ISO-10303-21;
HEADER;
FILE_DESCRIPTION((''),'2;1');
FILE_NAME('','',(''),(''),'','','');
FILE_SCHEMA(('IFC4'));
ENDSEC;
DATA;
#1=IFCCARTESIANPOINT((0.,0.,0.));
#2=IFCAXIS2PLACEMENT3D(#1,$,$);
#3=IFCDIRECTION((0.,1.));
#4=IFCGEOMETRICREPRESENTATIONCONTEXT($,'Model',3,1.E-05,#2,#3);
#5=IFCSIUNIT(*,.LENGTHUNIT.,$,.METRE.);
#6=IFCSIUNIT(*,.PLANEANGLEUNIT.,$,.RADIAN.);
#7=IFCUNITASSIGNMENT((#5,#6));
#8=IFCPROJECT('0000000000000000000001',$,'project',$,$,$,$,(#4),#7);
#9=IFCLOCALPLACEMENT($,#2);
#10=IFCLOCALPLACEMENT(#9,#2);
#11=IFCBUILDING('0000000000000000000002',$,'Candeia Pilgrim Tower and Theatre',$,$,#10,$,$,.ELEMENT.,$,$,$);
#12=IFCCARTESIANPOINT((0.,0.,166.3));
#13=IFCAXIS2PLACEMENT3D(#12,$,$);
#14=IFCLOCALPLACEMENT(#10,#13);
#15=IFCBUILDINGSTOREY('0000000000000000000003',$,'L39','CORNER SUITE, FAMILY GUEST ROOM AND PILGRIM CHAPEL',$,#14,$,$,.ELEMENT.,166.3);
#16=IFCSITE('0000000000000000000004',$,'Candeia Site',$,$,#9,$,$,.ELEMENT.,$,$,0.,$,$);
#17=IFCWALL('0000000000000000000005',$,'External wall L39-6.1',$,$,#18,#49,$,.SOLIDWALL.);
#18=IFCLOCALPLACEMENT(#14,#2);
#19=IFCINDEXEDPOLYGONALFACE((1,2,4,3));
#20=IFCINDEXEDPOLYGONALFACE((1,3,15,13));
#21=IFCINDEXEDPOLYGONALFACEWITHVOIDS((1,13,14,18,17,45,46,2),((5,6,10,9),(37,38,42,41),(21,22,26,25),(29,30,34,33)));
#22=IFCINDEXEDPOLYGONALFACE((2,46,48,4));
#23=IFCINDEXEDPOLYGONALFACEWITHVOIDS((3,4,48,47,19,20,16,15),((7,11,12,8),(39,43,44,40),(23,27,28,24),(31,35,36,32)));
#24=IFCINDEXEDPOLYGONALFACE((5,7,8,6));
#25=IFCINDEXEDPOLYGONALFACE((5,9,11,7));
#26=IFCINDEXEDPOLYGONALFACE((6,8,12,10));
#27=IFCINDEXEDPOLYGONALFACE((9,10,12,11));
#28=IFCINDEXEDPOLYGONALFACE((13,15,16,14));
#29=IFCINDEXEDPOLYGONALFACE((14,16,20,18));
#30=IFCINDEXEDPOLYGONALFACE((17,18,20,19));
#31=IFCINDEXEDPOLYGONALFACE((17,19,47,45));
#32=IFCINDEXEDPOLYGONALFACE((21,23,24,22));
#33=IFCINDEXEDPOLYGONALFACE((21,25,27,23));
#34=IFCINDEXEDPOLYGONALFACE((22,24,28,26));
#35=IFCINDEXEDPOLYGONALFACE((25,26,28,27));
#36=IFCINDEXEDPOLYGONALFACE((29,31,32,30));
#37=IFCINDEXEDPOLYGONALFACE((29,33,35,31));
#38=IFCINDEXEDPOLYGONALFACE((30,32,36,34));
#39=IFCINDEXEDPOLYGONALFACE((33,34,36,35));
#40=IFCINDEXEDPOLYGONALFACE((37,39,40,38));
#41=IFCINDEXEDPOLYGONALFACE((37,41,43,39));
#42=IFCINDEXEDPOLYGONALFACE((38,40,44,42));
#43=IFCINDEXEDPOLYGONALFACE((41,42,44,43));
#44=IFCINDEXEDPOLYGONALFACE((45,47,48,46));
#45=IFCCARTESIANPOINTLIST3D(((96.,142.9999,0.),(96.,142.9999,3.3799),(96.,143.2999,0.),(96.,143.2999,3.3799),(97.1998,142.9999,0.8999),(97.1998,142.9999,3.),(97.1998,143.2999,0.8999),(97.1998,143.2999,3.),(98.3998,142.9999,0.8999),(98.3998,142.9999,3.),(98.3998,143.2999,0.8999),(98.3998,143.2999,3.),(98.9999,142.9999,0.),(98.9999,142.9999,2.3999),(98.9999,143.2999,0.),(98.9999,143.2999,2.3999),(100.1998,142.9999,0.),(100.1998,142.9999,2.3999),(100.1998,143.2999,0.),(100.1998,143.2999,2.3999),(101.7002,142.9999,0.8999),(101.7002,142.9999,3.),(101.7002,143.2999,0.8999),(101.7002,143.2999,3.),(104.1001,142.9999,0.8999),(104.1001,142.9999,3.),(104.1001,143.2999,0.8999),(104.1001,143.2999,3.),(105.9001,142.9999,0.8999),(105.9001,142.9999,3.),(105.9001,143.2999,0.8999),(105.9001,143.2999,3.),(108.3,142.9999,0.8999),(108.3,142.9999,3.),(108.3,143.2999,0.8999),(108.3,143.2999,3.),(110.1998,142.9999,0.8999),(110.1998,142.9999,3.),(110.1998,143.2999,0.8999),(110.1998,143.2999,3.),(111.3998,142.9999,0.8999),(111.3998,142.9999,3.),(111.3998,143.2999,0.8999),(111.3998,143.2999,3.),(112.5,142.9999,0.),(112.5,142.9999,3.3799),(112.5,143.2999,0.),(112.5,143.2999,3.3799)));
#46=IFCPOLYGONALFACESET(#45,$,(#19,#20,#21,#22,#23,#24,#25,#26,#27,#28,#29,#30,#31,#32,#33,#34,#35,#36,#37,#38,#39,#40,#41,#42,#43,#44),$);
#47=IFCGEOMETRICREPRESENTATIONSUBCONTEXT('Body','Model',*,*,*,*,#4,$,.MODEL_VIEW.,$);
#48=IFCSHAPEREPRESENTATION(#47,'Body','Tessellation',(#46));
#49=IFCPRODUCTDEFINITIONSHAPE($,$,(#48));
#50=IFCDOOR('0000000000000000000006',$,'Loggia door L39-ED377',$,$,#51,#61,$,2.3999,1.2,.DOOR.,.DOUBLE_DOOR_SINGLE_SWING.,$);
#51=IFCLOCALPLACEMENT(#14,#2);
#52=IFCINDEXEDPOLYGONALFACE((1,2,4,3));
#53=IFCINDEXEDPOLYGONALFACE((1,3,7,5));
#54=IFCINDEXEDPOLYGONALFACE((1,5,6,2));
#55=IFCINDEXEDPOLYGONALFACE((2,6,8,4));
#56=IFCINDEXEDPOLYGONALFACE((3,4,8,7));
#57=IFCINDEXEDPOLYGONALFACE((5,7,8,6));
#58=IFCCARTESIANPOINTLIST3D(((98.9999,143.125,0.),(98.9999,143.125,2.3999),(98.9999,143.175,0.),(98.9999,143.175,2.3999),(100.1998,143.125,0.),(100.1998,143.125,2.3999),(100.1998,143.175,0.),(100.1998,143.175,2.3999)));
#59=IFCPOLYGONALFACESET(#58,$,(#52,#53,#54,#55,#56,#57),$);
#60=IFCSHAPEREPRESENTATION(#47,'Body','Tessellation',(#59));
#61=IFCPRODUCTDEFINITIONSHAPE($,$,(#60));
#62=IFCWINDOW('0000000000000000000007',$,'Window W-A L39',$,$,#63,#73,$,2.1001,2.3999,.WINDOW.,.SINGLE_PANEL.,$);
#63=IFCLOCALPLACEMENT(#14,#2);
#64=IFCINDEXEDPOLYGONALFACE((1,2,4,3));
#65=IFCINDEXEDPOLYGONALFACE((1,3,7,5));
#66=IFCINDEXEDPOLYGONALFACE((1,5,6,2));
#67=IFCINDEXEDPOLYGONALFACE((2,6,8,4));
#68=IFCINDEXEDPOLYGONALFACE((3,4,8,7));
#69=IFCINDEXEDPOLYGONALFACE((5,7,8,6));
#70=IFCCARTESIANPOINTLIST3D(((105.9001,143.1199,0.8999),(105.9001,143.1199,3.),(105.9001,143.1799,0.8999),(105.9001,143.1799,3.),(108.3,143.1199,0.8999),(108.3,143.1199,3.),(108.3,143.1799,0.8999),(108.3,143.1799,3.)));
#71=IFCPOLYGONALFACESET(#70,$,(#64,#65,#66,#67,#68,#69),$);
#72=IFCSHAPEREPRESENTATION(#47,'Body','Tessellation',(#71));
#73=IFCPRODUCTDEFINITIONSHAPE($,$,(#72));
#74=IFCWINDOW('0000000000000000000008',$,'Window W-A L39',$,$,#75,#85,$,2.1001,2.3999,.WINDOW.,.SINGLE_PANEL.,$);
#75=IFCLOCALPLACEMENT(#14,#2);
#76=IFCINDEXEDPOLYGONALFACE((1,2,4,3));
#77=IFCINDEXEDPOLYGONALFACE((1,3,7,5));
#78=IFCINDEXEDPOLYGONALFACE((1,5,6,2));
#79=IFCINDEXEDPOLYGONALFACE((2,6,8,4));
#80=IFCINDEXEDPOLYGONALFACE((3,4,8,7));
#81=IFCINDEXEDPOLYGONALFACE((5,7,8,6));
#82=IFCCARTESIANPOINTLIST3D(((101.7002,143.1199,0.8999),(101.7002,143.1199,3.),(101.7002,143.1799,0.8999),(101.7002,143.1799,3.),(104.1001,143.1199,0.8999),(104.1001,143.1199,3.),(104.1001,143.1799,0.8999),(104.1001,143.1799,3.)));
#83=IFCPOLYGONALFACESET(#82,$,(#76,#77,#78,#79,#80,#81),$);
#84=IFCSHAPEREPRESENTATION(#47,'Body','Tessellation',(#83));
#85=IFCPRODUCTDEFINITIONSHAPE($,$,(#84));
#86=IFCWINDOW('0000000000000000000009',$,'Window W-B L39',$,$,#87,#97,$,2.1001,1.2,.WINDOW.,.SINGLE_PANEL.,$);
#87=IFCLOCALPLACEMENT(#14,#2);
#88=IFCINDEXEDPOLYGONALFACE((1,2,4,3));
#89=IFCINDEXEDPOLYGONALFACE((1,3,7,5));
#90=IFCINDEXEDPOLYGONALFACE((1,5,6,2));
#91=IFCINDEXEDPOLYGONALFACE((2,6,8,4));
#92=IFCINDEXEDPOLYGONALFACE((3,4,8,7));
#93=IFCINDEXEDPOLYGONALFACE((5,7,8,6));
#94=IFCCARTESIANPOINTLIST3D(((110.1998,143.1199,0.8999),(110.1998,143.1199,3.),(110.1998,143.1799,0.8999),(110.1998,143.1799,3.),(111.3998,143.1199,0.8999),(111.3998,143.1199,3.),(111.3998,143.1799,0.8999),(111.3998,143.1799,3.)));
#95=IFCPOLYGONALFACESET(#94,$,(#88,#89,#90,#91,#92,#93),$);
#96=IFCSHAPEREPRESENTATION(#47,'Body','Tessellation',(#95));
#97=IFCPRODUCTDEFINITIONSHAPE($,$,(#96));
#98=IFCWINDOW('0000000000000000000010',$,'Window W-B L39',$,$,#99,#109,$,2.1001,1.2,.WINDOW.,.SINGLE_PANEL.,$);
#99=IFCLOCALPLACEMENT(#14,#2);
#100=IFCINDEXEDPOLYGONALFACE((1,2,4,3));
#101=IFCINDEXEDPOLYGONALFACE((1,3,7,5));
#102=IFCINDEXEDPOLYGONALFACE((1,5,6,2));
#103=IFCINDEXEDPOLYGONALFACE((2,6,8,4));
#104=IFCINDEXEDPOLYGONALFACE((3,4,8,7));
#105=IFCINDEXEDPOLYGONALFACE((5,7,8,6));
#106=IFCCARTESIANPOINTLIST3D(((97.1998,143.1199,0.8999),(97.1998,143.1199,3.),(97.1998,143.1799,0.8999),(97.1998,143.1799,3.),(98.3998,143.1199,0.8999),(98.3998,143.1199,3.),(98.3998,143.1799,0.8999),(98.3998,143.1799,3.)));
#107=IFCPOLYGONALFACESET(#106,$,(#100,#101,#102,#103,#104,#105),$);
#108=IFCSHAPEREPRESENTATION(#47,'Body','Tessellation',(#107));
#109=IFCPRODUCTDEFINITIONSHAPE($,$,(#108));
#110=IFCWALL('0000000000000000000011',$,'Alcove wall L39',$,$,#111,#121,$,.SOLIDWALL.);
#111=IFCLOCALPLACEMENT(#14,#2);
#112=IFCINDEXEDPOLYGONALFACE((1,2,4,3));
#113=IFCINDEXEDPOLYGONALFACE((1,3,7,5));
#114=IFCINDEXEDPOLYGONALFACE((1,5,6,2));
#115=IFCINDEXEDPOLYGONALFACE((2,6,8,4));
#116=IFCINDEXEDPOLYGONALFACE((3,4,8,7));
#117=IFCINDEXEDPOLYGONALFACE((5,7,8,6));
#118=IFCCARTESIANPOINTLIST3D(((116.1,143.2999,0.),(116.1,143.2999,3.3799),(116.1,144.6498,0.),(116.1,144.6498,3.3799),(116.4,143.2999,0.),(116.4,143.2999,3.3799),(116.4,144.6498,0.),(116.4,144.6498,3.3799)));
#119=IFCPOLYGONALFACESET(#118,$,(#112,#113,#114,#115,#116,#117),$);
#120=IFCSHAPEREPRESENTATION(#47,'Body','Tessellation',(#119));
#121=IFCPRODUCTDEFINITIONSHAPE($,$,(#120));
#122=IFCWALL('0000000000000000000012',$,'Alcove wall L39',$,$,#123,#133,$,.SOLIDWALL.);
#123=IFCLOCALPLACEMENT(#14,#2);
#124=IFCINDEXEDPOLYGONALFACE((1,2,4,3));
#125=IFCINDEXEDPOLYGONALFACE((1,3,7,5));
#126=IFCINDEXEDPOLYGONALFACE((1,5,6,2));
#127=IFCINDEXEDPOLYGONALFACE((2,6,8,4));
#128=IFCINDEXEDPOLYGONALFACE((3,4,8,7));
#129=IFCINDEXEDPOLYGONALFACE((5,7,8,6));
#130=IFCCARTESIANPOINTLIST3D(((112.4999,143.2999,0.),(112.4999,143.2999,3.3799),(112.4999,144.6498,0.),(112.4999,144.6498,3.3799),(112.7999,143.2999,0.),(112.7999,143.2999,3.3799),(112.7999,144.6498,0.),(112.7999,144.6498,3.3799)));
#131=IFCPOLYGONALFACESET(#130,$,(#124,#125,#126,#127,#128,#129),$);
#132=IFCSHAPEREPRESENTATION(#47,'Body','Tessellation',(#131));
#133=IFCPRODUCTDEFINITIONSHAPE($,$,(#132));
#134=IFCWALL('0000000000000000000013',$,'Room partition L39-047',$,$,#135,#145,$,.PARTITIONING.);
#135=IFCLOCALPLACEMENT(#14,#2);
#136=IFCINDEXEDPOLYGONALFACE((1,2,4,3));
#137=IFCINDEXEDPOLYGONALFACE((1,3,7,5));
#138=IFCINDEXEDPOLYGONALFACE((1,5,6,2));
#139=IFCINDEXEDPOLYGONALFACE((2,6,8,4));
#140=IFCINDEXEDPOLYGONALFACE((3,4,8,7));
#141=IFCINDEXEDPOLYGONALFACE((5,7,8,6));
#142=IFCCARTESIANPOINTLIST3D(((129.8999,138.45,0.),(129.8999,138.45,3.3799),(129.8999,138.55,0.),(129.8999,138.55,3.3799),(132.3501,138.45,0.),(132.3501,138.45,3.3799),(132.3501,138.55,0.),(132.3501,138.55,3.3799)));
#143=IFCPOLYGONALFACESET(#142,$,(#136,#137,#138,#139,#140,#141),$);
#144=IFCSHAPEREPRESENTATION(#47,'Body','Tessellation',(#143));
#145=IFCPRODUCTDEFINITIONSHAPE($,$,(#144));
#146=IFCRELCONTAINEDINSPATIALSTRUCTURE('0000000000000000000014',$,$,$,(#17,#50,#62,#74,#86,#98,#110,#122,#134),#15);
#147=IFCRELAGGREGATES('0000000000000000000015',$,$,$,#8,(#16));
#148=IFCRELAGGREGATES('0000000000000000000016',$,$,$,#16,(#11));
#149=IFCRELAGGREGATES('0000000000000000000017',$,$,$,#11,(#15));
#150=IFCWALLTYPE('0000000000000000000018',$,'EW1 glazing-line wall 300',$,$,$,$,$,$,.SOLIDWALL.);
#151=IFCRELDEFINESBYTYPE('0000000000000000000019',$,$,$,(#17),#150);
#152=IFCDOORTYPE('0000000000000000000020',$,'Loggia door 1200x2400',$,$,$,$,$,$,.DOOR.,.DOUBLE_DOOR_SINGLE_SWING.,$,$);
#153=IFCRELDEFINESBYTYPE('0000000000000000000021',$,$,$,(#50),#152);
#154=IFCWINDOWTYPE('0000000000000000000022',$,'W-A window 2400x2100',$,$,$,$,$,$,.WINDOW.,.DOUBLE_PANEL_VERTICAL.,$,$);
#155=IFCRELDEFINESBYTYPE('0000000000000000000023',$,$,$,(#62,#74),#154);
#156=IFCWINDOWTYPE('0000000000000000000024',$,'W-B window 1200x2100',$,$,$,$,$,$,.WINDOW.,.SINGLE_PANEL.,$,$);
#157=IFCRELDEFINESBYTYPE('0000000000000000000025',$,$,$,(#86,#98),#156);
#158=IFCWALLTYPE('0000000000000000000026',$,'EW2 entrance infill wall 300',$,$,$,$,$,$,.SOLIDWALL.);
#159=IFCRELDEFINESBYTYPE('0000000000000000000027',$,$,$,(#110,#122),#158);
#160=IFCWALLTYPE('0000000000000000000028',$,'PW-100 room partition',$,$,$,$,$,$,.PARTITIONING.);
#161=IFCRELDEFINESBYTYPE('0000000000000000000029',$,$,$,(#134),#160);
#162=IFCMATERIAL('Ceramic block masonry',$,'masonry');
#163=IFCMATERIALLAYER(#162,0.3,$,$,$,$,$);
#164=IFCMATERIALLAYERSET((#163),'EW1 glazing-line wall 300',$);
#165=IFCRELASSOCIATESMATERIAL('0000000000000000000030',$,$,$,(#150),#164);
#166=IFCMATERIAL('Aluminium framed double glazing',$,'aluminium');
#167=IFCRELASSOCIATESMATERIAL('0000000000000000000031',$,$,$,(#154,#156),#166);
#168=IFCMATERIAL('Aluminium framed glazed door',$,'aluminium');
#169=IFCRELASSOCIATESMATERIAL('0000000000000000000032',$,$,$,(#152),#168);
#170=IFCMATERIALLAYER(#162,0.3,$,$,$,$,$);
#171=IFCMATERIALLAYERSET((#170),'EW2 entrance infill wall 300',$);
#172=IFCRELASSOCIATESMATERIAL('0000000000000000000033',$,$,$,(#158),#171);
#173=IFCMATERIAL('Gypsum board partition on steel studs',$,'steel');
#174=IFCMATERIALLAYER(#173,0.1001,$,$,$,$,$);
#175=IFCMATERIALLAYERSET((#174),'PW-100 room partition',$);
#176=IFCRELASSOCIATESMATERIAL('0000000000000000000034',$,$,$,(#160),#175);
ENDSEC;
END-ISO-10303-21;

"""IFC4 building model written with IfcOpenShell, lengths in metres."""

from ifc_helpers import new_model, si_unit, direction, frame, frame_2d, origin, place, context, subcontext, project, spatial, rectangle, extrude, material, layer, layer_set, type_object, element, fill, save


model = new_model("IFC4")

# Units and contexts
model_context = context("Model", 3, precision=1e-05, world=origin(), true_north=direction((0.0, 1.0)))
body_context = subcontext(model_context, "Body", "Model", "MODEL_VIEW")
ifc_project = project(units=[si_unit("LENGTHUNIT", "METRE"), si_unit("PLANEANGLEUNIT", "RADIAN")], contexts=[model_context])

# Site, building, storey
site_placement = place(None, origin())
site = spatial("IfcSite", under=ifc_project, at=site_placement, Name="Candeia Site", CompositionType="ELEMENT", RefElevation=0.0)
building_placement = place(site_placement, origin())
building = spatial("IfcBuilding", under=site, at=building_placement, Name="Candeia Pilgrim Tower and Theatre", CompositionType="ELEMENT")
storey_placement = place(building_placement, frame((0.0, 0.0, 166.3)))
storey = spatial("IfcBuildingStorey", under=building, at=storey_placement, Name="L39", Description="CORNER SUITE, FAMILY GUEST ROOM AND PILGRIM CHAPEL", CompositionType="ELEMENT", Elevation=166.3)

# Shared definitions
ifc_material_1 = material(Name="Ceramic block masonry", Category="masonry")
ifc_layer_1 = layer(ifc_material_1, 0.3)
ifc_layer_set_1 = layer_set([ifc_layer_1], Name="EW1 glazing-line wall 300")
wall_type_1 = type_object("IfcWallType", Name="EW1 glazing-line wall 300", PredefinedType="SOLIDWALL", material=ifc_layer_set_1)
ifc_material_2 = material(Name="Aluminium framed double glazing", Category="aluminium")
window_type_1 = type_object("IfcWindowType", Name="W-A window 2400x2100", PartitioningType="DOUBLE_PANEL_VERTICAL", PredefinedType="WINDOW", material=ifc_material_2)

# Wall, openings, door, windows
ifc_material_3 = material(Name="Aluminium framed glazed door", Category="aluminium")
door_type = type_object("IfcDoorType", Name="Loggia door 1200x2400", OperationType="DOUBLE_DOOR_SINGLE_SWING", PredefinedType="DOOR", material=ifc_material_3)
wall_1_placement = place(storey_placement, frame((112.5, 143.1499, 0.0), z_axis=(0.0, 0.0, 1.0), x_axis=(-1.0, 0.0, 0.0)))
wall_1 = element("IfcWall", 1, at=wall_1_placement, inside=storey, type_object=wall_type_1, Name="External wall L39-6.1", PredefinedType="SOLIDWALL", context=body_context, shape_type="SweptSolid", body=[
    extrude(rectangle(XDim=16.5, YDim=0.3, at=frame_2d((8.25, 0.0))), origin(), (0.0, 0.0, 1.0), 3.3799),
])
opening_1_placement = place(wall_1_placement, frame((1.1001, 0.0, 0.8999)))
opening_1 = element("IfcOpeningElement", 2, at=opening_1_placement, cuts=wall_1, PredefinedType="OPENING", context=body_context, shape_type="SweptSolid", body=[
    extrude(rectangle(XDim=1.2, YDim=2.1001, at=frame_2d((0.6001, 1.05))), frame((0.0, 0.1602, 0.0), z_axis=(0.0, -1.0, 0.0), x_axis=(1.0, 0.0, 0.0)), (0.0, 0.0, 1.0), 0.3201),
])
opening_2_placement = place(wall_1_placement, frame((4.2, 0.0, 0.8999)))
opening_2 = element("IfcOpeningElement", 3, at=opening_2_placement, cuts=wall_1, PredefinedType="OPENING", context=body_context, shape_type="SweptSolid", body=[
    extrude(rectangle(XDim=2.3999, YDim=2.1001, at=frame_2d((1.2, 1.05))), frame((0.0, 0.1602, 0.0), z_axis=(0.0, -1.0, 0.0), x_axis=(1.0, 0.0, 0.0)), (0.0, 0.0, 1.0), 0.3201),
])
opening_3_placement = place(wall_1_placement, frame((8.3999, 0.0, 0.8999)))
opening_3 = element("IfcOpeningElement", 4, at=opening_3_placement, cuts=wall_1, PredefinedType="OPENING", context=body_context, shape_type="SweptSolid", body=[
    extrude(rectangle(XDim=2.3999, YDim=2.1001, at=frame_2d((1.2, 1.05))), frame((0.0, 0.1602, 0.0), z_axis=(0.0, -1.0, 0.0), x_axis=(1.0, 0.0, 0.0)), (0.0, 0.0, 1.0), 0.3201),
])
opening_4_placement = place(wall_1_placement, frame((12.3, 0.0, 0.0)))
opening_4 = element("IfcOpeningElement", 5, at=opening_4_placement, cuts=wall_1, PredefinedType="OPENING", context=body_context, shape_type="SweptSolid", body=[
    extrude(rectangle(XDim=1.2, YDim=2.3999, at=frame_2d((0.6001, 1.2))), frame((0.0, 0.1602, 0.0), z_axis=(0.0, -1.0, 0.0), x_axis=(1.0, 0.0, 0.0)), (0.0, 0.0, 1.0), 0.3201),
])
opening_5_placement = place(wall_1_placement, frame((14.1001, 0.0, 0.8999)))
opening_5 = element("IfcOpeningElement", 6, at=opening_5_placement, cuts=wall_1, PredefinedType="OPENING", context=body_context, shape_type="SweptSolid", body=[
    extrude(rectangle(XDim=1.2, YDim=2.1001, at=frame_2d((0.6001, 1.05))), frame((0.0, 0.1602, 0.0), z_axis=(0.0, -1.0, 0.0), x_axis=(1.0, 0.0, 0.0)), (0.0, 0.0, 1.0), 0.3201),
])
door_1_placement = place(opening_4_placement, origin())
door_1 = element("IfcDoor", 7, at=door_1_placement, inside=storey, type_object=door_type, Name="Loggia door L39-ED377", OperationType="DOUBLE_DOOR_SINGLE_SWING", OverallHeight=2.3999, OverallWidth=1.2, PredefinedType="DOOR", context=body_context, shape_type="SweptSolid", body=[
    extrude(rectangle(XDim=1.2, YDim=2.3999, at=frame_2d((0.6001, 1.2))), frame((0.0, 0.0249, 0.0), z_axis=(0.0, -1.0, 0.0), x_axis=(1.0, 0.0, 0.0)), (0.0, 0.0, 1.0), 0.05),
])
fill(opening_4, door_1)
window_1_placement = place(opening_2_placement, origin())
window_1 = element("IfcWindow", 8, at=window_1_placement, inside=storey, type_object=window_type_1, Name="Window W-A L39", OverallHeight=2.1001, OverallWidth=2.3999, PartitioningType="SINGLE_PANEL", PredefinedType="WINDOW", context=body_context, shape_type="SweptSolid", body=[
    extrude(rectangle(XDim=2.3999, YDim=2.1001, at=frame_2d((1.2, 1.05))), frame((0.0, 0.03, 0.0), z_axis=(0.0, -1.0, 0.0), x_axis=(1.0, 0.0, 0.0)), (0.0, 0.0, 1.0), 0.0601),
])
fill(opening_2, window_1)
window_2_placement = place(opening_3_placement, origin())
window_2 = element("IfcWindow", 9, at=window_2_placement, inside=storey, type_object=window_type_1, Name="Window W-A L39", OverallHeight=2.1001, OverallWidth=2.3999, PartitioningType="SINGLE_PANEL", PredefinedType="WINDOW", context=body_context, shape_type="SweptSolid", body=[
    extrude(rectangle(XDim=2.3999, YDim=2.1001, at=frame_2d((1.2, 1.05))), frame((0.0, 0.03, 0.0), z_axis=(0.0, -1.0, 0.0), x_axis=(1.0, 0.0, 0.0)), (0.0, 0.0, 1.0), 0.0601),
])
fill(opening_3, window_2)
window_type_2 = type_object("IfcWindowType", Name="W-B window 1200x2100", PartitioningType="SINGLE_PANEL", PredefinedType="WINDOW", material=ifc_material_2)
window_3_placement = place(opening_1_placement, origin())
window_3 = element("IfcWindow", 10, at=window_3_placement, inside=storey, type_object=window_type_2, Name="Window W-B L39", OverallHeight=2.1001, OverallWidth=1.2, PartitioningType="SINGLE_PANEL", PredefinedType="WINDOW", context=body_context, shape_type="SweptSolid", body=[
    extrude(rectangle(XDim=1.2, YDim=2.1001, at=frame_2d((0.6001, 1.05))), frame((0.0, 0.03, 0.0), z_axis=(0.0, -1.0, 0.0), x_axis=(1.0, 0.0, 0.0)), (0.0, 0.0, 1.0), 0.0601),
])
fill(opening_1, window_3)
window_4_placement = place(opening_5_placement, origin())
window_4 = element("IfcWindow", 11, at=window_4_placement, inside=storey, type_object=window_type_2, Name="Window W-B L39", OverallHeight=2.1001, OverallWidth=1.2, PartitioningType="SINGLE_PANEL", PredefinedType="WINDOW", context=body_context, shape_type="SweptSolid", body=[
    extrude(rectangle(XDim=1.2, YDim=2.1001, at=frame_2d((0.6001, 1.05))), frame((0.0, 0.03, 0.0), z_axis=(0.0, -1.0, 0.0), x_axis=(1.0, 0.0, 0.0)), (0.0, 0.0, 1.0), 0.0601),
])
fill(opening_5, window_4)

# Walls
ifc_layer_2 = layer(ifc_material_1, 0.3)
ifc_layer_set_2 = layer_set([ifc_layer_2], Name="EW2 entrance infill wall 300")
wall_type_2 = type_object("IfcWallType", Name="EW2 entrance infill wall 300", PredefinedType="SOLIDWALL", material=ifc_layer_set_2)
for number, where, z_axis, x_axis, name in (
    (12, (116.25, 143.3, 0.0), (0.0, 0.0, 1.0), (0.0, 1.0, 0.0), "Alcove wall L39"),
    (13, (112.6499, 143.3, 0.0), (0.0, 0.0, 1.0), (0.0, 1.0, 0.0), "Alcove wall L39"),
):
    element("IfcWall", number, at=place(storey_placement, frame(where, z_axis=z_axis, x_axis=x_axis)), inside=storey, type_object=wall_type_2, Name=name, PredefinedType="SOLIDWALL", context=body_context, shape_type="SweptSolid", body=[
        extrude(rectangle(XDim=1.3499, YDim=0.3, at=frame_2d((0.6748, 0.0))), origin(), (0.0, 0.0, 1.0), 3.3799),
    ])

# Wall
ifc_material_4 = material(Name="Gypsum board partition on steel studs", Category="steel")
ifc_layer_3 = layer(ifc_material_4, 0.1001)
ifc_layer_set_3 = layer_set([ifc_layer_3], Name="PW-100 room partition")
wall_type_3 = type_object("IfcWallType", Name="PW-100 room partition", PredefinedType="PARTITIONING", material=ifc_layer_set_3)
wall_2_placement = place(storey_placement, frame((129.8999, 138.5, 0.0), z_axis=(0.0, 0.0, 1.0), x_axis=(1.0, 0.0, 0.0)))
element("IfcWall", 14, at=wall_2_placement, inside=storey, type_object=wall_type_3, Name="Room partition L39-047", PredefinedType="PARTITIONING", context=body_context, shape_type="SweptSolid", body=[
    extrude(rectangle(XDim=2.4502, YDim=0.1001, at=frame_2d((1.2251, 0.0))), origin(), (0.0, 0.0, 1.0), 3.3799),
])

save(model, "model.ifc")
